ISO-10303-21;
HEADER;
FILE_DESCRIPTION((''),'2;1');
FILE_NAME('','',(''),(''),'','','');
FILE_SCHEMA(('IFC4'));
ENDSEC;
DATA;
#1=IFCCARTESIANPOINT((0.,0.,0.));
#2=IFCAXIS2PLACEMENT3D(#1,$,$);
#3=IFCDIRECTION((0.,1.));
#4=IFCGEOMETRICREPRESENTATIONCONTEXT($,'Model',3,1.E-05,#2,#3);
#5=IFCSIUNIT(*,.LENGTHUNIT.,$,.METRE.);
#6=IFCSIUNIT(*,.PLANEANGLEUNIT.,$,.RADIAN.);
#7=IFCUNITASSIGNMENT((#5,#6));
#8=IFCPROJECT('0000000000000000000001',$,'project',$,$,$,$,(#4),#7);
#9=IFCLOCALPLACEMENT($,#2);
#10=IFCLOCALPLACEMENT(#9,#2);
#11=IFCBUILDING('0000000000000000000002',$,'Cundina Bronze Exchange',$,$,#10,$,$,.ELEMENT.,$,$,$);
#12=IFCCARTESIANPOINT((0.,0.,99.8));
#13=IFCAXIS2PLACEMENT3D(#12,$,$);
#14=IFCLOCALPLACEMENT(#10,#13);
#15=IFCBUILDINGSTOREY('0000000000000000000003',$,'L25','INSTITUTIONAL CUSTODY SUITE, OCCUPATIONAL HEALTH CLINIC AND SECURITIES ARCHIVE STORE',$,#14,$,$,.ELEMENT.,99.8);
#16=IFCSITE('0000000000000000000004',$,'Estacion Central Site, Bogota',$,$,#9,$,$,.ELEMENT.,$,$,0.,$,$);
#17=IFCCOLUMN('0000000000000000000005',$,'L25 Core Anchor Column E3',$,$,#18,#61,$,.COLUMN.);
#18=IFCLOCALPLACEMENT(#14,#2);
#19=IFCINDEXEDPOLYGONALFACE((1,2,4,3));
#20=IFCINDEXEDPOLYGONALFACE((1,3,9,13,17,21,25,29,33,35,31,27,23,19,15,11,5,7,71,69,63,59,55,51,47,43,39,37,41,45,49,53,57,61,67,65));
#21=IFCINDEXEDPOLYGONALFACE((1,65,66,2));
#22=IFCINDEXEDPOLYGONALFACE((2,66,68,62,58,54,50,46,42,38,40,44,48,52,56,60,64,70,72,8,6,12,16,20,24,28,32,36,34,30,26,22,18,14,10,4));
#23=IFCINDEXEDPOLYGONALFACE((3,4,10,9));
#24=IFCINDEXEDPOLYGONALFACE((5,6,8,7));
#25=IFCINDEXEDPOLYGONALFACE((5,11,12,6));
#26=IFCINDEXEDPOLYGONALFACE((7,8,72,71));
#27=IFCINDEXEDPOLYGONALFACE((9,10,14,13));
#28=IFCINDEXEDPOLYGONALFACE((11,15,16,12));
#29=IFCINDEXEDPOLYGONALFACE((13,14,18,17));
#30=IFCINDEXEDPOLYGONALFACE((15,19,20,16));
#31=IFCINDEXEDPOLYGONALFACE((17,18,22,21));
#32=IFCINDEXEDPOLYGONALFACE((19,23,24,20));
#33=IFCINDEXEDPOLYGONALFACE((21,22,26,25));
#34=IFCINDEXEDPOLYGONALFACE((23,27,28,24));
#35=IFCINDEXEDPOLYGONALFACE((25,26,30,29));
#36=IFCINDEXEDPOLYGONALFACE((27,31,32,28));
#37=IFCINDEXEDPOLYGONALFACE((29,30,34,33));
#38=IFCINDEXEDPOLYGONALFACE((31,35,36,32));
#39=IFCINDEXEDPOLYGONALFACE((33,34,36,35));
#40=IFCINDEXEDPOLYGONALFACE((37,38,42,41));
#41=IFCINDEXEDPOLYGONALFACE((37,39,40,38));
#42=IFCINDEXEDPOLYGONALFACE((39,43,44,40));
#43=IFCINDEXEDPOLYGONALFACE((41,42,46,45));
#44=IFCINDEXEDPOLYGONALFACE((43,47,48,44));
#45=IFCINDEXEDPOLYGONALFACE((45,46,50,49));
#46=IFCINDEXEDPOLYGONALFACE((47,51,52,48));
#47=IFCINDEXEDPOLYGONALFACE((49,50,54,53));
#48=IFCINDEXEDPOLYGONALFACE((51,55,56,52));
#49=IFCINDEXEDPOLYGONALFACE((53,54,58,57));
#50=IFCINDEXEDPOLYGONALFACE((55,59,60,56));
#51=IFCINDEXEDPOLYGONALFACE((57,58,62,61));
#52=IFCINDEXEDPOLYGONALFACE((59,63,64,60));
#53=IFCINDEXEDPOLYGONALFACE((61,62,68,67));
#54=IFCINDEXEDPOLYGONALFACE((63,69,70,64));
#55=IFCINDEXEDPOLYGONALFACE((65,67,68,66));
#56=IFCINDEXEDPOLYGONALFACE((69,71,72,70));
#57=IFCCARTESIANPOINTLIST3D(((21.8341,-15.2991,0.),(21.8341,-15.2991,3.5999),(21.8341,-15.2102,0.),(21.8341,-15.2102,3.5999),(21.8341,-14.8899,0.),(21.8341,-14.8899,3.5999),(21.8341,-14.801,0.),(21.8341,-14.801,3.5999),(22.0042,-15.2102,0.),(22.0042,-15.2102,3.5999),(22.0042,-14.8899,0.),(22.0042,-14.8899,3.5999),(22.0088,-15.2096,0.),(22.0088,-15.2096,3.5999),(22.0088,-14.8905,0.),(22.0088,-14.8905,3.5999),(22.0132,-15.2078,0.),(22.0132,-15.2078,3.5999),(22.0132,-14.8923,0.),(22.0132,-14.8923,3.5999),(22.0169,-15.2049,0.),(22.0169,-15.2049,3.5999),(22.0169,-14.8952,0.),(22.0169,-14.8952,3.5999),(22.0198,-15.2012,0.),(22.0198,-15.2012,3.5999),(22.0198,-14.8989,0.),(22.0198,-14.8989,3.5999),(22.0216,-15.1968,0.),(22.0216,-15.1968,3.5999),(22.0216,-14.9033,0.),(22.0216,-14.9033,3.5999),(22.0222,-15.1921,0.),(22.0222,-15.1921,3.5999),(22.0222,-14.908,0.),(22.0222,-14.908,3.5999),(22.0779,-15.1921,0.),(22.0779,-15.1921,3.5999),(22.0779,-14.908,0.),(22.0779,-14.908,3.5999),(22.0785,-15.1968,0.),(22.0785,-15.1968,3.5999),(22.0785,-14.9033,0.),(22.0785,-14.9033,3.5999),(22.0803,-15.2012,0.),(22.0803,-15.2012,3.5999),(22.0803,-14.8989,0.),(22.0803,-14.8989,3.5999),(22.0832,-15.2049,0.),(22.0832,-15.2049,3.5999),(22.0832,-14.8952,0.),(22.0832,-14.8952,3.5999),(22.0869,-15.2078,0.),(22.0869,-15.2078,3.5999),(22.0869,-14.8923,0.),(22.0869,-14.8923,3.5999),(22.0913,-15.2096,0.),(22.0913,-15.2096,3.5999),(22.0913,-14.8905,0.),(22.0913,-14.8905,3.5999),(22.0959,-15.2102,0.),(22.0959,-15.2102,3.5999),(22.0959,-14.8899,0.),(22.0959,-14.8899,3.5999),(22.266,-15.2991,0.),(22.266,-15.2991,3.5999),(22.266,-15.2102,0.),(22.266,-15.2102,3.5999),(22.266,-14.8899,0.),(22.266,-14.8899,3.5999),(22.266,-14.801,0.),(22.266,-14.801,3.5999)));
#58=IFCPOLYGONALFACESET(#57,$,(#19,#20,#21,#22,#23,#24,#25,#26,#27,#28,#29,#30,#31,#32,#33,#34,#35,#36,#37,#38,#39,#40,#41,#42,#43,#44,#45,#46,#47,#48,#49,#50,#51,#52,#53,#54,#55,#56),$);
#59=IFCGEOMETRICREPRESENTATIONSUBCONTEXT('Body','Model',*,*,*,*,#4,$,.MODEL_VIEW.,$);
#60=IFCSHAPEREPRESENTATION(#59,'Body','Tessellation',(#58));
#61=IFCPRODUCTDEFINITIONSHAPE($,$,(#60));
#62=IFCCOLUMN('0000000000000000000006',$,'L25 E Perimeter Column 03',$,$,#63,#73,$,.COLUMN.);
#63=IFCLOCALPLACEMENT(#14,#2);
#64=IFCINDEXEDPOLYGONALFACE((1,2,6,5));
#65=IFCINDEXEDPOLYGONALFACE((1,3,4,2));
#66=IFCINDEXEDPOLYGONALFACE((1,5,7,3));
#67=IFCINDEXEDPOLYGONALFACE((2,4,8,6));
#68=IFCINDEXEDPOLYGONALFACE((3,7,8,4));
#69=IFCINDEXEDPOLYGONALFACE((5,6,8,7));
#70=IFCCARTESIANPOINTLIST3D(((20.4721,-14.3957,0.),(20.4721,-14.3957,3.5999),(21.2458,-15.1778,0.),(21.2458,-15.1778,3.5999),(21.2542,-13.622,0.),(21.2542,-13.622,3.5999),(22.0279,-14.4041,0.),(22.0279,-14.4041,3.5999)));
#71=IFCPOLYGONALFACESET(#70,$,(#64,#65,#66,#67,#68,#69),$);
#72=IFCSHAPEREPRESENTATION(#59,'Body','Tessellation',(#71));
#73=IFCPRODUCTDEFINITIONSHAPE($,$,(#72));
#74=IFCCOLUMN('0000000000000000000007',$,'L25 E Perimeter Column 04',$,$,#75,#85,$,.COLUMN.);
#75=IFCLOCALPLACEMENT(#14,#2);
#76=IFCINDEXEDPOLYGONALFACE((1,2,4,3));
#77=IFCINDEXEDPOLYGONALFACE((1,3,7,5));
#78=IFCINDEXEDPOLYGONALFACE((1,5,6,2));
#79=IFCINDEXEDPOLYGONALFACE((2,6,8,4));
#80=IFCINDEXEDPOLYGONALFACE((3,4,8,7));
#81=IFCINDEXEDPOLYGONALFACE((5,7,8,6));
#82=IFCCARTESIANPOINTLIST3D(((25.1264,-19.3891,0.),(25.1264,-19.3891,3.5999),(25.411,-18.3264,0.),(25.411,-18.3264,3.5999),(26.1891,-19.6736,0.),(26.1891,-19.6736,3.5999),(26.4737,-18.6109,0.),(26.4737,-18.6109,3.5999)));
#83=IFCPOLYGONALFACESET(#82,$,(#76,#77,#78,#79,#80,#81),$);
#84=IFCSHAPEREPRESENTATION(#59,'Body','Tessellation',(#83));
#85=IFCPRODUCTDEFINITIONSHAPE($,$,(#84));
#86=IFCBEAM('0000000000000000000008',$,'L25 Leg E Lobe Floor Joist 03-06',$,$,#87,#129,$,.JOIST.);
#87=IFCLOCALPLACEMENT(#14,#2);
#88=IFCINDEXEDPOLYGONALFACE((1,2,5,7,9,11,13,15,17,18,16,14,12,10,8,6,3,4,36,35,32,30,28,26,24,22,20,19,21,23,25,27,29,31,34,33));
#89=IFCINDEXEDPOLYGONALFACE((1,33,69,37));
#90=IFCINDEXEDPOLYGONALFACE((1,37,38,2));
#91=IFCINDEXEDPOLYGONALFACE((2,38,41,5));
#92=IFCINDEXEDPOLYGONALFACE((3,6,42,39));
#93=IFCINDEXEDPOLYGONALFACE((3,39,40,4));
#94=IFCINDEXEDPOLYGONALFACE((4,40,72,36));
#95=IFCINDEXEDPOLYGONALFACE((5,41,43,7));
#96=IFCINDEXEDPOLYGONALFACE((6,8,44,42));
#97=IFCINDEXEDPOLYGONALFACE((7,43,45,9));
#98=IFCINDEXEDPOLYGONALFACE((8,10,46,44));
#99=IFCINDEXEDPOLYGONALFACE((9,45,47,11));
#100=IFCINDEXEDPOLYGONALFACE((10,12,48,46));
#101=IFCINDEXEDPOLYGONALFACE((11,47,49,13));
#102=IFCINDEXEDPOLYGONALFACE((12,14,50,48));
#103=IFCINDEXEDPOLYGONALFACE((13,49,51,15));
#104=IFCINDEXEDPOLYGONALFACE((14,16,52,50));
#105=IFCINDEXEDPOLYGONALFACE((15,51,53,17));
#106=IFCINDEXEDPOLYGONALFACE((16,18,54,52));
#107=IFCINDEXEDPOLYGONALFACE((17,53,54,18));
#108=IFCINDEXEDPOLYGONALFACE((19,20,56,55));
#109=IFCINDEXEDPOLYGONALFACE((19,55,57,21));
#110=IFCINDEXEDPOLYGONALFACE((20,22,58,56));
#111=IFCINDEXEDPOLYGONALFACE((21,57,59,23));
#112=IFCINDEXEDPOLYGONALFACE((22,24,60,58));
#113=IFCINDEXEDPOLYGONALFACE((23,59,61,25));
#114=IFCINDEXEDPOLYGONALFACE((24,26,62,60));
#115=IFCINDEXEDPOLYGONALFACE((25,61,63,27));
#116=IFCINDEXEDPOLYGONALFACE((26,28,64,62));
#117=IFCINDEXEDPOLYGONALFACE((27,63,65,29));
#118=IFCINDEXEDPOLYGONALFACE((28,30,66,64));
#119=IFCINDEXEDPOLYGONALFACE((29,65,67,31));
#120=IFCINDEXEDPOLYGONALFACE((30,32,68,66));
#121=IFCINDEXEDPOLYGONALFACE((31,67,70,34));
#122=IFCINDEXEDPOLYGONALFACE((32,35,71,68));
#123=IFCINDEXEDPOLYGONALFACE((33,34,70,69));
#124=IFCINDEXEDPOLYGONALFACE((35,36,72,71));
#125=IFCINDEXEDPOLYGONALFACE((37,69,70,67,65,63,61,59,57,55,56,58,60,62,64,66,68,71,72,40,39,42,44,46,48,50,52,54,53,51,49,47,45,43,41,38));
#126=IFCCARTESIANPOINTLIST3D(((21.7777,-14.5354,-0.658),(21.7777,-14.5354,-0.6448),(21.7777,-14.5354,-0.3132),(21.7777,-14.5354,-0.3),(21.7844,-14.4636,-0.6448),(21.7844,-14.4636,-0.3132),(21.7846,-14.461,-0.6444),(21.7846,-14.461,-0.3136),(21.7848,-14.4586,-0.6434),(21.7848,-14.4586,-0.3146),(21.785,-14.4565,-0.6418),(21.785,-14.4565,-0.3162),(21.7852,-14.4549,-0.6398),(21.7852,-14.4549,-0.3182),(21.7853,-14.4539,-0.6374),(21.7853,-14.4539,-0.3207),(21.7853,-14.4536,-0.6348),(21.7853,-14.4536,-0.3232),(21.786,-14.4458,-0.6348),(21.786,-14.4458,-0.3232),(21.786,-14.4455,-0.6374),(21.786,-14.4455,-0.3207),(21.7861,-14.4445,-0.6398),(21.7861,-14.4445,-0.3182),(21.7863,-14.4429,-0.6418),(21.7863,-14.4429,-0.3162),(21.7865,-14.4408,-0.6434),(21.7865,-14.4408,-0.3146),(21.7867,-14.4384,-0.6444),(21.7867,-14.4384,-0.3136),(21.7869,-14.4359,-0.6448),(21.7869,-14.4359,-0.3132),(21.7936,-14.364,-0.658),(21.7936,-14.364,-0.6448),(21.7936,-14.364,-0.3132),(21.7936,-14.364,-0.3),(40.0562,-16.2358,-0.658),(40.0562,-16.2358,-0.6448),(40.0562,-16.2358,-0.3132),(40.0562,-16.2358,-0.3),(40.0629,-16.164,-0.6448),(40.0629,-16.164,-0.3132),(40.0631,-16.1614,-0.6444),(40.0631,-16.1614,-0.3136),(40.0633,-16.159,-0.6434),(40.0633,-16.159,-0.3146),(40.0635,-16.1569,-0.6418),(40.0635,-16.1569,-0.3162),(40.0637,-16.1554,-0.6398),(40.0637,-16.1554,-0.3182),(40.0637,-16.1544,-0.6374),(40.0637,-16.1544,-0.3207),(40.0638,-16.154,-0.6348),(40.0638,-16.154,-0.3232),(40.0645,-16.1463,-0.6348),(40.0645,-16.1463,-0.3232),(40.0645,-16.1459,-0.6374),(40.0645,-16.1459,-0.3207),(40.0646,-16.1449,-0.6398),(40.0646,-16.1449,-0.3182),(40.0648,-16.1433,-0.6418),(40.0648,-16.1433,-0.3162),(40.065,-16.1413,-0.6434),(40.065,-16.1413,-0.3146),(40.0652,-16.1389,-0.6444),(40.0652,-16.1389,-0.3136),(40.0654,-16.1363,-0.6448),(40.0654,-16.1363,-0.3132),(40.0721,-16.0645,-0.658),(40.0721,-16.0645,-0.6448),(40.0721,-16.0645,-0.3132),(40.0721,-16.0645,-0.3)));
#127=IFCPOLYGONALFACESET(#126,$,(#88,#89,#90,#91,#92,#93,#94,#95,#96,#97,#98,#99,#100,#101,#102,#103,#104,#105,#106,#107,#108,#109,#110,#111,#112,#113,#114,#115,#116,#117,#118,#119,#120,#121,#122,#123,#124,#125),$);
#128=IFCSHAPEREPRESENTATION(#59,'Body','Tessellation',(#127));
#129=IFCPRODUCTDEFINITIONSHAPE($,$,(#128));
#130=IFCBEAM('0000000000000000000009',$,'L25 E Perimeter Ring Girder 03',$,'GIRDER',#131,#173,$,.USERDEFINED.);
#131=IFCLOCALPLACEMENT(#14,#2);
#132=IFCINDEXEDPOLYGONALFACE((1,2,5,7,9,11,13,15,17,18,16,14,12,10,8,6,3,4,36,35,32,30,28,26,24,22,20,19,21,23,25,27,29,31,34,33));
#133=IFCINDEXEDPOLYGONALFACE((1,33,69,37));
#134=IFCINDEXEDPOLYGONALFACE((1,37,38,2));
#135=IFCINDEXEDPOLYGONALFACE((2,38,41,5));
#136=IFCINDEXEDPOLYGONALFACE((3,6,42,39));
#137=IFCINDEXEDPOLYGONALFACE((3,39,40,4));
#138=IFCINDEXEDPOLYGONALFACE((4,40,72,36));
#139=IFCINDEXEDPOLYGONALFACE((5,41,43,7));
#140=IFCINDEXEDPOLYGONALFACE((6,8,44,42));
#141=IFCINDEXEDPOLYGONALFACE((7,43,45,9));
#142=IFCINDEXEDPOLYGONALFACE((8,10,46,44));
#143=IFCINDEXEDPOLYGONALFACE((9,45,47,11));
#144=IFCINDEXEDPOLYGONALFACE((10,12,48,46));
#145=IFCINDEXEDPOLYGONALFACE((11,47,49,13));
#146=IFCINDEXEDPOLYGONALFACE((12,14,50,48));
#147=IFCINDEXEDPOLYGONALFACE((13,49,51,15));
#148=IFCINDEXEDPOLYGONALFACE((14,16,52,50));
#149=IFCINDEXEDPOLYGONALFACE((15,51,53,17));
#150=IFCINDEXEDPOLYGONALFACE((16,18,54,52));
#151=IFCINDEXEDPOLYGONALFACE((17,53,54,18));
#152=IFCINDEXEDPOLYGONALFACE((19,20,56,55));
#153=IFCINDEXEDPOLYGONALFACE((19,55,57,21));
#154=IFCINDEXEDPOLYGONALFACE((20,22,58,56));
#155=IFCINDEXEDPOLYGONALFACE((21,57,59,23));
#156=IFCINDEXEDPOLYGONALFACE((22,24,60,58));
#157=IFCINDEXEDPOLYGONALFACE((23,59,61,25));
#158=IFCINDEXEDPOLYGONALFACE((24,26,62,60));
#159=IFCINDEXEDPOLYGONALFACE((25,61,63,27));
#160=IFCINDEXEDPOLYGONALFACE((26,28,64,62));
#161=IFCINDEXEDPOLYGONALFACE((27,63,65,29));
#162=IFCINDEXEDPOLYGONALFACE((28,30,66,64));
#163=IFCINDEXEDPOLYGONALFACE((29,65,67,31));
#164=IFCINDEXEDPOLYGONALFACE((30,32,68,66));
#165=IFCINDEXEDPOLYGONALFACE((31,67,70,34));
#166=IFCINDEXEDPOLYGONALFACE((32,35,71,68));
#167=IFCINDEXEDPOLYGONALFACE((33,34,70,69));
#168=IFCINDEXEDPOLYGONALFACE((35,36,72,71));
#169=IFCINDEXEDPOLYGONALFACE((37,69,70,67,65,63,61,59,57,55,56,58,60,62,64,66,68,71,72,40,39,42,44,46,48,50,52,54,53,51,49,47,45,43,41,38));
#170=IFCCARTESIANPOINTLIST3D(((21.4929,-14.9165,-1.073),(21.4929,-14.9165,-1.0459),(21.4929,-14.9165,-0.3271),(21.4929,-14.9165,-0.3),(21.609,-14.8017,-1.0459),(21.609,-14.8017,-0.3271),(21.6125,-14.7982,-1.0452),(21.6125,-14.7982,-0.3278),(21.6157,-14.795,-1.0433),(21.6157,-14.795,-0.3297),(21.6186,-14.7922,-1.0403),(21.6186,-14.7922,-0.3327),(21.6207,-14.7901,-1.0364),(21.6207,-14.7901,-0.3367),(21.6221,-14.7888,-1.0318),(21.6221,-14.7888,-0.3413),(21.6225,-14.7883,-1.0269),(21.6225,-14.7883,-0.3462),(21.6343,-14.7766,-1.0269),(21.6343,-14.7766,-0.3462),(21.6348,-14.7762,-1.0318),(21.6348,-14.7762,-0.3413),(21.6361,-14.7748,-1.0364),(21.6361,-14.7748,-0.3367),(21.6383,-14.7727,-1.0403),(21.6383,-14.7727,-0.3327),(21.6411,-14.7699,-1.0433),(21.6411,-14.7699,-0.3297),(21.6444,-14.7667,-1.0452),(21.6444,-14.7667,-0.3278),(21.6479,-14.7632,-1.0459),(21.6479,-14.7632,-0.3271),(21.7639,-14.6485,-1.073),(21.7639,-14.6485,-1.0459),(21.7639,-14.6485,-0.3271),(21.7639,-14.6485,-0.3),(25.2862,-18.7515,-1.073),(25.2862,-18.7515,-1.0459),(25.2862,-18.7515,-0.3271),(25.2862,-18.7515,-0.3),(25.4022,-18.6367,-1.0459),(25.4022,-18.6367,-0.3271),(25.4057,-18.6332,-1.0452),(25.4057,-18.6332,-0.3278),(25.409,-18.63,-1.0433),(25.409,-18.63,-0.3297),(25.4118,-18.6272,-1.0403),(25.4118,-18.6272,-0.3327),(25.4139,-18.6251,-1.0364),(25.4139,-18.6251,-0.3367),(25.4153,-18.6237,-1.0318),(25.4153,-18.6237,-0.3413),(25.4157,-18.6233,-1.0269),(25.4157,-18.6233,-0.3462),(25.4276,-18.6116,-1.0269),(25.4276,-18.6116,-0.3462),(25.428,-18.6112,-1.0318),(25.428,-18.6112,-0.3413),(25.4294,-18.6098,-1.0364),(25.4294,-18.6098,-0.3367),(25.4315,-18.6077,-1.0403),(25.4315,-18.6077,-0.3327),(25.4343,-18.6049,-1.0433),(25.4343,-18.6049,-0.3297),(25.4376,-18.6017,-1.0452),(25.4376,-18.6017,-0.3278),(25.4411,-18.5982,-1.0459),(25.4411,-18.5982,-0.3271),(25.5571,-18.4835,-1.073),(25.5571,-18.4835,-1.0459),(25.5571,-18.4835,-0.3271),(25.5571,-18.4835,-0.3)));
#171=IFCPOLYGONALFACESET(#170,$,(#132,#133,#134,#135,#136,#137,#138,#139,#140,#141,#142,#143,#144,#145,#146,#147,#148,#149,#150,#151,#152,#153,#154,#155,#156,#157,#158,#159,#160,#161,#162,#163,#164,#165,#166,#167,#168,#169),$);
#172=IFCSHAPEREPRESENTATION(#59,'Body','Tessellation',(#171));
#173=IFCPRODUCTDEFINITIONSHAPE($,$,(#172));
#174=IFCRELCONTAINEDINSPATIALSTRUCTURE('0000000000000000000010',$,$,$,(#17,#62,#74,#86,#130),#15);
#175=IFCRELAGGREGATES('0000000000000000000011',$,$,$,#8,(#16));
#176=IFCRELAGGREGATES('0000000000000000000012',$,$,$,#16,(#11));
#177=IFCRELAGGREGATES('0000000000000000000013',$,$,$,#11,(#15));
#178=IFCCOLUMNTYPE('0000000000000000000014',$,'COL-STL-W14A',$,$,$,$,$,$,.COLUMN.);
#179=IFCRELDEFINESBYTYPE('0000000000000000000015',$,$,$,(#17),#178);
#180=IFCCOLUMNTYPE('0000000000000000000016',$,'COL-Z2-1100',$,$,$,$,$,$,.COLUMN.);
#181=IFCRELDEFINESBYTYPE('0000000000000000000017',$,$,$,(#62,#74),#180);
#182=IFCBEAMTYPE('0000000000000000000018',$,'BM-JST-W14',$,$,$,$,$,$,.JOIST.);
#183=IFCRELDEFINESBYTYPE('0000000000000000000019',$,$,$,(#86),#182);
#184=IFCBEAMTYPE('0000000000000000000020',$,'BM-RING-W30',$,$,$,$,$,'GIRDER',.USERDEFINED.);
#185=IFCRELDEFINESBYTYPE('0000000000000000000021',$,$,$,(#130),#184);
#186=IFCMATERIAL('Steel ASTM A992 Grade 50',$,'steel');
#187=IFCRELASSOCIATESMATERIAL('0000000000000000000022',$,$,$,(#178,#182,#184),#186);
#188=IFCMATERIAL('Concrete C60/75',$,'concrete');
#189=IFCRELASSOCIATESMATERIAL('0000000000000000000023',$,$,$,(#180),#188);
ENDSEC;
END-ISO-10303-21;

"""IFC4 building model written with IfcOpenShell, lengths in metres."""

from ifc_helpers import new_model, si_unit, direction, frame, origin, origin_2d, place, context, subcontext, project, spatial, rectangle, i_section, extrude, material, material_profile, profile_set, type_object, element, save


model = new_model("IFC4")

# Units and contexts
model_context = context("Model", 3, precision=1e-05, world=origin(), true_north=direction((0.0, 1.0)))
body_context = subcontext(model_context, "Body", "Model", "MODEL_VIEW")
ifc_project = project(units=[si_unit("LENGTHUNIT", "METRE"), si_unit("PLANEANGLEUNIT", "RADIAN")], contexts=[model_context])

# Site, building, storey
site_placement = place(None, origin())
site = spatial("IfcSite", under=ifc_project, at=site_placement, Name="Estacion Central Site, Bogota", CompositionType="ELEMENT", RefElevation=0.0)
building_placement = place(site_placement, origin())
building = spatial("IfcBuilding", under=site, at=building_placement, Name="Cundina Bronze Exchange", CompositionType="ELEMENT")
storey_placement = place(building_placement, frame((0.0, 0.0, 99.8)))
storey = spatial("IfcBuildingStorey", under=building, at=storey_placement, Name="L25", Description="INSTITUTIONAL CUSTODY SUITE, OCCUPATIONAL HEALTH CLINIC AND SECURITIES ARCHIVE STORE", CompositionType="ELEMENT", Elevation=99.8)

# Columns
ifc_material_1 = material(Name="Steel ASTM A992 Grade 50", Category="steel")
ifc_material_profile_1 = material_profile(ifc_material_1, i_section(OverallWidth=0.4319, OverallDepth=0.498, WebThickness=0.0557, FlangeThickness=0.0889, FilletRadius=0.0181, at=origin_2d()), Name="W14X500", Category="steel")
ifc_profile_set_1 = profile_set([ifc_material_profile_1], Name="Steel ASTM A992 Grade 50")
column_type_1 = type_object("IfcColumnType", Name="COL-STL-W14A", PredefinedType="COLUMN", material=ifc_profile_set_1)
column_placement = place(storey_placement, frame((22.05, -15.05, 0.0), z_axis=(0.0, 0.0, 1.0), x_axis=(1.0, 0.0, 0.0)))
element("IfcColumn", 1, at=column_placement, inside=storey, type_object=column_type_1, Name="L25 Core Anchor Column E3", PredefinedType="COLUMN", context=body_context, shape_type="SweptSolid", body=[
    extrude(i_section(OverallWidth=0.4319, OverallDepth=0.498, WebThickness=0.0557, FlangeThickness=0.0889, FilletRadius=0.0181, at=origin_2d()), origin(), (0.0, 0.0, 1.0), 3.5999),
])
ifc_material_2 = material(Name="Concrete C60/75", Category="concrete")
ifc_material_profile_2 = material_profile(ifc_material_2, rectangle(XDim=1.1001, YDim=1.1001, at=origin_2d()), Name="RC1100X1100", Category="concrete")
ifc_profile_set_2 = profile_set([ifc_material_profile_2], Name="Concrete C60/75")
column_type_2 = type_object("IfcColumnType", Name="COL-Z2-1100", PredefinedType="COLUMN", material=ifc_profile_set_2)
for number, where, z_axis, x_axis, name in (
    (2, (21.25, -14.3999, 0.0), (0.0, 0.0, 1.0), (0.703271, -0.710922, 0.0), "L25 E Perimeter Column 03"),
    (3, (25.8, -19.0, 0.0), (0.0, 0.0, 1.0), (0.965971, -0.25865, 0.0), "L25 E Perimeter Column 04"),
):
    element("IfcColumn", number, at=place(storey_placement, frame(where, z_axis=z_axis, x_axis=x_axis)), inside=storey, type_object=column_type_2, Name=name, PredefinedType="COLUMN", context=body_context, shape_type="SweptSolid", body=[
        extrude(rectangle(XDim=1.1001, YDim=1.1001, at=origin_2d()), origin(), (0.0, 0.0, 1.0), 3.5999),
    ])

# Beams
ifc_material_profile_3 = material_profile(ifc_material_1, i_section(OverallWidth=0.1721, OverallDepth=0.3579, WebThickness=0.0078, FlangeThickness=0.0132, FilletRadius=0.01, at=origin_2d()), Name="W14X38", Category="steel")
ifc_profile_set_3 = profile_set([ifc_material_profile_3], Name="Steel ASTM A992 Grade 50")
beam_type_1 = type_object("IfcBeamType", Name="BM-JST-W14", PredefinedType="JOIST", material=ifc_profile_set_3)
beam_1_placement = place(storey_placement, frame((21.7856, -14.4497, -0.479), z_axis=(0.995701, -0.092629, 0.0), x_axis=(0.092629, 0.995701, 0.0)))
element("IfcBeam", 4, at=beam_1_placement, inside=storey, type_object=beam_type_1, Name="L25 Leg E Lobe Floor Joist 03-06", PredefinedType="JOIST", context=body_context, shape_type="SweptSolid", body=[
    extrude(i_section(OverallWidth=0.1721, OverallDepth=0.3579, WebThickness=0.0078, FlangeThickness=0.0132, FilletRadius=0.01, at=origin_2d()), origin(), (0.0, 0.0, 1.0), 18.3574),
])
ifc_material_profile_4 = material_profile(ifc_material_1, i_section(OverallWidth=0.3811, OverallDepth=0.7729, WebThickness=0.0166, FlangeThickness=0.0271, FilletRadius=0.019, at=origin_2d()), Name="W30X173", Category="steel")
ifc_profile_set_4 = profile_set([ifc_material_profile_4], Name="Steel ASTM A992 Grade 50")
beam_type_2 = type_object("IfcBeamType", Name="BM-RING-W30", ElementType="GIRDER", PredefinedType="USERDEFINED", material=ifc_profile_set_4)
beam_2_placement = place(storey_placement, frame((21.6284, -14.7825, -0.6865), z_axis=(0.703226, -0.710966, 0.0), x_axis=(0.710966, 0.703226, 0.0)))
element("IfcBeam", 5, at=beam_2_placement, inside=storey, type_object=beam_type_2, Name="L25 E Perimeter Ring Girder 03", ObjectType="GIRDER", PredefinedType="USERDEFINED", context=body_context, shape_type="SweptSolid", body=[
    extrude(i_section(OverallWidth=0.3811, OverallDepth=0.7729, WebThickness=0.0166, FlangeThickness=0.0271, FilletRadius=0.019, at=origin_2d()), origin(), (0.0, 0.0, 1.0), 5.394),
])

save(model, "model.ifc")
